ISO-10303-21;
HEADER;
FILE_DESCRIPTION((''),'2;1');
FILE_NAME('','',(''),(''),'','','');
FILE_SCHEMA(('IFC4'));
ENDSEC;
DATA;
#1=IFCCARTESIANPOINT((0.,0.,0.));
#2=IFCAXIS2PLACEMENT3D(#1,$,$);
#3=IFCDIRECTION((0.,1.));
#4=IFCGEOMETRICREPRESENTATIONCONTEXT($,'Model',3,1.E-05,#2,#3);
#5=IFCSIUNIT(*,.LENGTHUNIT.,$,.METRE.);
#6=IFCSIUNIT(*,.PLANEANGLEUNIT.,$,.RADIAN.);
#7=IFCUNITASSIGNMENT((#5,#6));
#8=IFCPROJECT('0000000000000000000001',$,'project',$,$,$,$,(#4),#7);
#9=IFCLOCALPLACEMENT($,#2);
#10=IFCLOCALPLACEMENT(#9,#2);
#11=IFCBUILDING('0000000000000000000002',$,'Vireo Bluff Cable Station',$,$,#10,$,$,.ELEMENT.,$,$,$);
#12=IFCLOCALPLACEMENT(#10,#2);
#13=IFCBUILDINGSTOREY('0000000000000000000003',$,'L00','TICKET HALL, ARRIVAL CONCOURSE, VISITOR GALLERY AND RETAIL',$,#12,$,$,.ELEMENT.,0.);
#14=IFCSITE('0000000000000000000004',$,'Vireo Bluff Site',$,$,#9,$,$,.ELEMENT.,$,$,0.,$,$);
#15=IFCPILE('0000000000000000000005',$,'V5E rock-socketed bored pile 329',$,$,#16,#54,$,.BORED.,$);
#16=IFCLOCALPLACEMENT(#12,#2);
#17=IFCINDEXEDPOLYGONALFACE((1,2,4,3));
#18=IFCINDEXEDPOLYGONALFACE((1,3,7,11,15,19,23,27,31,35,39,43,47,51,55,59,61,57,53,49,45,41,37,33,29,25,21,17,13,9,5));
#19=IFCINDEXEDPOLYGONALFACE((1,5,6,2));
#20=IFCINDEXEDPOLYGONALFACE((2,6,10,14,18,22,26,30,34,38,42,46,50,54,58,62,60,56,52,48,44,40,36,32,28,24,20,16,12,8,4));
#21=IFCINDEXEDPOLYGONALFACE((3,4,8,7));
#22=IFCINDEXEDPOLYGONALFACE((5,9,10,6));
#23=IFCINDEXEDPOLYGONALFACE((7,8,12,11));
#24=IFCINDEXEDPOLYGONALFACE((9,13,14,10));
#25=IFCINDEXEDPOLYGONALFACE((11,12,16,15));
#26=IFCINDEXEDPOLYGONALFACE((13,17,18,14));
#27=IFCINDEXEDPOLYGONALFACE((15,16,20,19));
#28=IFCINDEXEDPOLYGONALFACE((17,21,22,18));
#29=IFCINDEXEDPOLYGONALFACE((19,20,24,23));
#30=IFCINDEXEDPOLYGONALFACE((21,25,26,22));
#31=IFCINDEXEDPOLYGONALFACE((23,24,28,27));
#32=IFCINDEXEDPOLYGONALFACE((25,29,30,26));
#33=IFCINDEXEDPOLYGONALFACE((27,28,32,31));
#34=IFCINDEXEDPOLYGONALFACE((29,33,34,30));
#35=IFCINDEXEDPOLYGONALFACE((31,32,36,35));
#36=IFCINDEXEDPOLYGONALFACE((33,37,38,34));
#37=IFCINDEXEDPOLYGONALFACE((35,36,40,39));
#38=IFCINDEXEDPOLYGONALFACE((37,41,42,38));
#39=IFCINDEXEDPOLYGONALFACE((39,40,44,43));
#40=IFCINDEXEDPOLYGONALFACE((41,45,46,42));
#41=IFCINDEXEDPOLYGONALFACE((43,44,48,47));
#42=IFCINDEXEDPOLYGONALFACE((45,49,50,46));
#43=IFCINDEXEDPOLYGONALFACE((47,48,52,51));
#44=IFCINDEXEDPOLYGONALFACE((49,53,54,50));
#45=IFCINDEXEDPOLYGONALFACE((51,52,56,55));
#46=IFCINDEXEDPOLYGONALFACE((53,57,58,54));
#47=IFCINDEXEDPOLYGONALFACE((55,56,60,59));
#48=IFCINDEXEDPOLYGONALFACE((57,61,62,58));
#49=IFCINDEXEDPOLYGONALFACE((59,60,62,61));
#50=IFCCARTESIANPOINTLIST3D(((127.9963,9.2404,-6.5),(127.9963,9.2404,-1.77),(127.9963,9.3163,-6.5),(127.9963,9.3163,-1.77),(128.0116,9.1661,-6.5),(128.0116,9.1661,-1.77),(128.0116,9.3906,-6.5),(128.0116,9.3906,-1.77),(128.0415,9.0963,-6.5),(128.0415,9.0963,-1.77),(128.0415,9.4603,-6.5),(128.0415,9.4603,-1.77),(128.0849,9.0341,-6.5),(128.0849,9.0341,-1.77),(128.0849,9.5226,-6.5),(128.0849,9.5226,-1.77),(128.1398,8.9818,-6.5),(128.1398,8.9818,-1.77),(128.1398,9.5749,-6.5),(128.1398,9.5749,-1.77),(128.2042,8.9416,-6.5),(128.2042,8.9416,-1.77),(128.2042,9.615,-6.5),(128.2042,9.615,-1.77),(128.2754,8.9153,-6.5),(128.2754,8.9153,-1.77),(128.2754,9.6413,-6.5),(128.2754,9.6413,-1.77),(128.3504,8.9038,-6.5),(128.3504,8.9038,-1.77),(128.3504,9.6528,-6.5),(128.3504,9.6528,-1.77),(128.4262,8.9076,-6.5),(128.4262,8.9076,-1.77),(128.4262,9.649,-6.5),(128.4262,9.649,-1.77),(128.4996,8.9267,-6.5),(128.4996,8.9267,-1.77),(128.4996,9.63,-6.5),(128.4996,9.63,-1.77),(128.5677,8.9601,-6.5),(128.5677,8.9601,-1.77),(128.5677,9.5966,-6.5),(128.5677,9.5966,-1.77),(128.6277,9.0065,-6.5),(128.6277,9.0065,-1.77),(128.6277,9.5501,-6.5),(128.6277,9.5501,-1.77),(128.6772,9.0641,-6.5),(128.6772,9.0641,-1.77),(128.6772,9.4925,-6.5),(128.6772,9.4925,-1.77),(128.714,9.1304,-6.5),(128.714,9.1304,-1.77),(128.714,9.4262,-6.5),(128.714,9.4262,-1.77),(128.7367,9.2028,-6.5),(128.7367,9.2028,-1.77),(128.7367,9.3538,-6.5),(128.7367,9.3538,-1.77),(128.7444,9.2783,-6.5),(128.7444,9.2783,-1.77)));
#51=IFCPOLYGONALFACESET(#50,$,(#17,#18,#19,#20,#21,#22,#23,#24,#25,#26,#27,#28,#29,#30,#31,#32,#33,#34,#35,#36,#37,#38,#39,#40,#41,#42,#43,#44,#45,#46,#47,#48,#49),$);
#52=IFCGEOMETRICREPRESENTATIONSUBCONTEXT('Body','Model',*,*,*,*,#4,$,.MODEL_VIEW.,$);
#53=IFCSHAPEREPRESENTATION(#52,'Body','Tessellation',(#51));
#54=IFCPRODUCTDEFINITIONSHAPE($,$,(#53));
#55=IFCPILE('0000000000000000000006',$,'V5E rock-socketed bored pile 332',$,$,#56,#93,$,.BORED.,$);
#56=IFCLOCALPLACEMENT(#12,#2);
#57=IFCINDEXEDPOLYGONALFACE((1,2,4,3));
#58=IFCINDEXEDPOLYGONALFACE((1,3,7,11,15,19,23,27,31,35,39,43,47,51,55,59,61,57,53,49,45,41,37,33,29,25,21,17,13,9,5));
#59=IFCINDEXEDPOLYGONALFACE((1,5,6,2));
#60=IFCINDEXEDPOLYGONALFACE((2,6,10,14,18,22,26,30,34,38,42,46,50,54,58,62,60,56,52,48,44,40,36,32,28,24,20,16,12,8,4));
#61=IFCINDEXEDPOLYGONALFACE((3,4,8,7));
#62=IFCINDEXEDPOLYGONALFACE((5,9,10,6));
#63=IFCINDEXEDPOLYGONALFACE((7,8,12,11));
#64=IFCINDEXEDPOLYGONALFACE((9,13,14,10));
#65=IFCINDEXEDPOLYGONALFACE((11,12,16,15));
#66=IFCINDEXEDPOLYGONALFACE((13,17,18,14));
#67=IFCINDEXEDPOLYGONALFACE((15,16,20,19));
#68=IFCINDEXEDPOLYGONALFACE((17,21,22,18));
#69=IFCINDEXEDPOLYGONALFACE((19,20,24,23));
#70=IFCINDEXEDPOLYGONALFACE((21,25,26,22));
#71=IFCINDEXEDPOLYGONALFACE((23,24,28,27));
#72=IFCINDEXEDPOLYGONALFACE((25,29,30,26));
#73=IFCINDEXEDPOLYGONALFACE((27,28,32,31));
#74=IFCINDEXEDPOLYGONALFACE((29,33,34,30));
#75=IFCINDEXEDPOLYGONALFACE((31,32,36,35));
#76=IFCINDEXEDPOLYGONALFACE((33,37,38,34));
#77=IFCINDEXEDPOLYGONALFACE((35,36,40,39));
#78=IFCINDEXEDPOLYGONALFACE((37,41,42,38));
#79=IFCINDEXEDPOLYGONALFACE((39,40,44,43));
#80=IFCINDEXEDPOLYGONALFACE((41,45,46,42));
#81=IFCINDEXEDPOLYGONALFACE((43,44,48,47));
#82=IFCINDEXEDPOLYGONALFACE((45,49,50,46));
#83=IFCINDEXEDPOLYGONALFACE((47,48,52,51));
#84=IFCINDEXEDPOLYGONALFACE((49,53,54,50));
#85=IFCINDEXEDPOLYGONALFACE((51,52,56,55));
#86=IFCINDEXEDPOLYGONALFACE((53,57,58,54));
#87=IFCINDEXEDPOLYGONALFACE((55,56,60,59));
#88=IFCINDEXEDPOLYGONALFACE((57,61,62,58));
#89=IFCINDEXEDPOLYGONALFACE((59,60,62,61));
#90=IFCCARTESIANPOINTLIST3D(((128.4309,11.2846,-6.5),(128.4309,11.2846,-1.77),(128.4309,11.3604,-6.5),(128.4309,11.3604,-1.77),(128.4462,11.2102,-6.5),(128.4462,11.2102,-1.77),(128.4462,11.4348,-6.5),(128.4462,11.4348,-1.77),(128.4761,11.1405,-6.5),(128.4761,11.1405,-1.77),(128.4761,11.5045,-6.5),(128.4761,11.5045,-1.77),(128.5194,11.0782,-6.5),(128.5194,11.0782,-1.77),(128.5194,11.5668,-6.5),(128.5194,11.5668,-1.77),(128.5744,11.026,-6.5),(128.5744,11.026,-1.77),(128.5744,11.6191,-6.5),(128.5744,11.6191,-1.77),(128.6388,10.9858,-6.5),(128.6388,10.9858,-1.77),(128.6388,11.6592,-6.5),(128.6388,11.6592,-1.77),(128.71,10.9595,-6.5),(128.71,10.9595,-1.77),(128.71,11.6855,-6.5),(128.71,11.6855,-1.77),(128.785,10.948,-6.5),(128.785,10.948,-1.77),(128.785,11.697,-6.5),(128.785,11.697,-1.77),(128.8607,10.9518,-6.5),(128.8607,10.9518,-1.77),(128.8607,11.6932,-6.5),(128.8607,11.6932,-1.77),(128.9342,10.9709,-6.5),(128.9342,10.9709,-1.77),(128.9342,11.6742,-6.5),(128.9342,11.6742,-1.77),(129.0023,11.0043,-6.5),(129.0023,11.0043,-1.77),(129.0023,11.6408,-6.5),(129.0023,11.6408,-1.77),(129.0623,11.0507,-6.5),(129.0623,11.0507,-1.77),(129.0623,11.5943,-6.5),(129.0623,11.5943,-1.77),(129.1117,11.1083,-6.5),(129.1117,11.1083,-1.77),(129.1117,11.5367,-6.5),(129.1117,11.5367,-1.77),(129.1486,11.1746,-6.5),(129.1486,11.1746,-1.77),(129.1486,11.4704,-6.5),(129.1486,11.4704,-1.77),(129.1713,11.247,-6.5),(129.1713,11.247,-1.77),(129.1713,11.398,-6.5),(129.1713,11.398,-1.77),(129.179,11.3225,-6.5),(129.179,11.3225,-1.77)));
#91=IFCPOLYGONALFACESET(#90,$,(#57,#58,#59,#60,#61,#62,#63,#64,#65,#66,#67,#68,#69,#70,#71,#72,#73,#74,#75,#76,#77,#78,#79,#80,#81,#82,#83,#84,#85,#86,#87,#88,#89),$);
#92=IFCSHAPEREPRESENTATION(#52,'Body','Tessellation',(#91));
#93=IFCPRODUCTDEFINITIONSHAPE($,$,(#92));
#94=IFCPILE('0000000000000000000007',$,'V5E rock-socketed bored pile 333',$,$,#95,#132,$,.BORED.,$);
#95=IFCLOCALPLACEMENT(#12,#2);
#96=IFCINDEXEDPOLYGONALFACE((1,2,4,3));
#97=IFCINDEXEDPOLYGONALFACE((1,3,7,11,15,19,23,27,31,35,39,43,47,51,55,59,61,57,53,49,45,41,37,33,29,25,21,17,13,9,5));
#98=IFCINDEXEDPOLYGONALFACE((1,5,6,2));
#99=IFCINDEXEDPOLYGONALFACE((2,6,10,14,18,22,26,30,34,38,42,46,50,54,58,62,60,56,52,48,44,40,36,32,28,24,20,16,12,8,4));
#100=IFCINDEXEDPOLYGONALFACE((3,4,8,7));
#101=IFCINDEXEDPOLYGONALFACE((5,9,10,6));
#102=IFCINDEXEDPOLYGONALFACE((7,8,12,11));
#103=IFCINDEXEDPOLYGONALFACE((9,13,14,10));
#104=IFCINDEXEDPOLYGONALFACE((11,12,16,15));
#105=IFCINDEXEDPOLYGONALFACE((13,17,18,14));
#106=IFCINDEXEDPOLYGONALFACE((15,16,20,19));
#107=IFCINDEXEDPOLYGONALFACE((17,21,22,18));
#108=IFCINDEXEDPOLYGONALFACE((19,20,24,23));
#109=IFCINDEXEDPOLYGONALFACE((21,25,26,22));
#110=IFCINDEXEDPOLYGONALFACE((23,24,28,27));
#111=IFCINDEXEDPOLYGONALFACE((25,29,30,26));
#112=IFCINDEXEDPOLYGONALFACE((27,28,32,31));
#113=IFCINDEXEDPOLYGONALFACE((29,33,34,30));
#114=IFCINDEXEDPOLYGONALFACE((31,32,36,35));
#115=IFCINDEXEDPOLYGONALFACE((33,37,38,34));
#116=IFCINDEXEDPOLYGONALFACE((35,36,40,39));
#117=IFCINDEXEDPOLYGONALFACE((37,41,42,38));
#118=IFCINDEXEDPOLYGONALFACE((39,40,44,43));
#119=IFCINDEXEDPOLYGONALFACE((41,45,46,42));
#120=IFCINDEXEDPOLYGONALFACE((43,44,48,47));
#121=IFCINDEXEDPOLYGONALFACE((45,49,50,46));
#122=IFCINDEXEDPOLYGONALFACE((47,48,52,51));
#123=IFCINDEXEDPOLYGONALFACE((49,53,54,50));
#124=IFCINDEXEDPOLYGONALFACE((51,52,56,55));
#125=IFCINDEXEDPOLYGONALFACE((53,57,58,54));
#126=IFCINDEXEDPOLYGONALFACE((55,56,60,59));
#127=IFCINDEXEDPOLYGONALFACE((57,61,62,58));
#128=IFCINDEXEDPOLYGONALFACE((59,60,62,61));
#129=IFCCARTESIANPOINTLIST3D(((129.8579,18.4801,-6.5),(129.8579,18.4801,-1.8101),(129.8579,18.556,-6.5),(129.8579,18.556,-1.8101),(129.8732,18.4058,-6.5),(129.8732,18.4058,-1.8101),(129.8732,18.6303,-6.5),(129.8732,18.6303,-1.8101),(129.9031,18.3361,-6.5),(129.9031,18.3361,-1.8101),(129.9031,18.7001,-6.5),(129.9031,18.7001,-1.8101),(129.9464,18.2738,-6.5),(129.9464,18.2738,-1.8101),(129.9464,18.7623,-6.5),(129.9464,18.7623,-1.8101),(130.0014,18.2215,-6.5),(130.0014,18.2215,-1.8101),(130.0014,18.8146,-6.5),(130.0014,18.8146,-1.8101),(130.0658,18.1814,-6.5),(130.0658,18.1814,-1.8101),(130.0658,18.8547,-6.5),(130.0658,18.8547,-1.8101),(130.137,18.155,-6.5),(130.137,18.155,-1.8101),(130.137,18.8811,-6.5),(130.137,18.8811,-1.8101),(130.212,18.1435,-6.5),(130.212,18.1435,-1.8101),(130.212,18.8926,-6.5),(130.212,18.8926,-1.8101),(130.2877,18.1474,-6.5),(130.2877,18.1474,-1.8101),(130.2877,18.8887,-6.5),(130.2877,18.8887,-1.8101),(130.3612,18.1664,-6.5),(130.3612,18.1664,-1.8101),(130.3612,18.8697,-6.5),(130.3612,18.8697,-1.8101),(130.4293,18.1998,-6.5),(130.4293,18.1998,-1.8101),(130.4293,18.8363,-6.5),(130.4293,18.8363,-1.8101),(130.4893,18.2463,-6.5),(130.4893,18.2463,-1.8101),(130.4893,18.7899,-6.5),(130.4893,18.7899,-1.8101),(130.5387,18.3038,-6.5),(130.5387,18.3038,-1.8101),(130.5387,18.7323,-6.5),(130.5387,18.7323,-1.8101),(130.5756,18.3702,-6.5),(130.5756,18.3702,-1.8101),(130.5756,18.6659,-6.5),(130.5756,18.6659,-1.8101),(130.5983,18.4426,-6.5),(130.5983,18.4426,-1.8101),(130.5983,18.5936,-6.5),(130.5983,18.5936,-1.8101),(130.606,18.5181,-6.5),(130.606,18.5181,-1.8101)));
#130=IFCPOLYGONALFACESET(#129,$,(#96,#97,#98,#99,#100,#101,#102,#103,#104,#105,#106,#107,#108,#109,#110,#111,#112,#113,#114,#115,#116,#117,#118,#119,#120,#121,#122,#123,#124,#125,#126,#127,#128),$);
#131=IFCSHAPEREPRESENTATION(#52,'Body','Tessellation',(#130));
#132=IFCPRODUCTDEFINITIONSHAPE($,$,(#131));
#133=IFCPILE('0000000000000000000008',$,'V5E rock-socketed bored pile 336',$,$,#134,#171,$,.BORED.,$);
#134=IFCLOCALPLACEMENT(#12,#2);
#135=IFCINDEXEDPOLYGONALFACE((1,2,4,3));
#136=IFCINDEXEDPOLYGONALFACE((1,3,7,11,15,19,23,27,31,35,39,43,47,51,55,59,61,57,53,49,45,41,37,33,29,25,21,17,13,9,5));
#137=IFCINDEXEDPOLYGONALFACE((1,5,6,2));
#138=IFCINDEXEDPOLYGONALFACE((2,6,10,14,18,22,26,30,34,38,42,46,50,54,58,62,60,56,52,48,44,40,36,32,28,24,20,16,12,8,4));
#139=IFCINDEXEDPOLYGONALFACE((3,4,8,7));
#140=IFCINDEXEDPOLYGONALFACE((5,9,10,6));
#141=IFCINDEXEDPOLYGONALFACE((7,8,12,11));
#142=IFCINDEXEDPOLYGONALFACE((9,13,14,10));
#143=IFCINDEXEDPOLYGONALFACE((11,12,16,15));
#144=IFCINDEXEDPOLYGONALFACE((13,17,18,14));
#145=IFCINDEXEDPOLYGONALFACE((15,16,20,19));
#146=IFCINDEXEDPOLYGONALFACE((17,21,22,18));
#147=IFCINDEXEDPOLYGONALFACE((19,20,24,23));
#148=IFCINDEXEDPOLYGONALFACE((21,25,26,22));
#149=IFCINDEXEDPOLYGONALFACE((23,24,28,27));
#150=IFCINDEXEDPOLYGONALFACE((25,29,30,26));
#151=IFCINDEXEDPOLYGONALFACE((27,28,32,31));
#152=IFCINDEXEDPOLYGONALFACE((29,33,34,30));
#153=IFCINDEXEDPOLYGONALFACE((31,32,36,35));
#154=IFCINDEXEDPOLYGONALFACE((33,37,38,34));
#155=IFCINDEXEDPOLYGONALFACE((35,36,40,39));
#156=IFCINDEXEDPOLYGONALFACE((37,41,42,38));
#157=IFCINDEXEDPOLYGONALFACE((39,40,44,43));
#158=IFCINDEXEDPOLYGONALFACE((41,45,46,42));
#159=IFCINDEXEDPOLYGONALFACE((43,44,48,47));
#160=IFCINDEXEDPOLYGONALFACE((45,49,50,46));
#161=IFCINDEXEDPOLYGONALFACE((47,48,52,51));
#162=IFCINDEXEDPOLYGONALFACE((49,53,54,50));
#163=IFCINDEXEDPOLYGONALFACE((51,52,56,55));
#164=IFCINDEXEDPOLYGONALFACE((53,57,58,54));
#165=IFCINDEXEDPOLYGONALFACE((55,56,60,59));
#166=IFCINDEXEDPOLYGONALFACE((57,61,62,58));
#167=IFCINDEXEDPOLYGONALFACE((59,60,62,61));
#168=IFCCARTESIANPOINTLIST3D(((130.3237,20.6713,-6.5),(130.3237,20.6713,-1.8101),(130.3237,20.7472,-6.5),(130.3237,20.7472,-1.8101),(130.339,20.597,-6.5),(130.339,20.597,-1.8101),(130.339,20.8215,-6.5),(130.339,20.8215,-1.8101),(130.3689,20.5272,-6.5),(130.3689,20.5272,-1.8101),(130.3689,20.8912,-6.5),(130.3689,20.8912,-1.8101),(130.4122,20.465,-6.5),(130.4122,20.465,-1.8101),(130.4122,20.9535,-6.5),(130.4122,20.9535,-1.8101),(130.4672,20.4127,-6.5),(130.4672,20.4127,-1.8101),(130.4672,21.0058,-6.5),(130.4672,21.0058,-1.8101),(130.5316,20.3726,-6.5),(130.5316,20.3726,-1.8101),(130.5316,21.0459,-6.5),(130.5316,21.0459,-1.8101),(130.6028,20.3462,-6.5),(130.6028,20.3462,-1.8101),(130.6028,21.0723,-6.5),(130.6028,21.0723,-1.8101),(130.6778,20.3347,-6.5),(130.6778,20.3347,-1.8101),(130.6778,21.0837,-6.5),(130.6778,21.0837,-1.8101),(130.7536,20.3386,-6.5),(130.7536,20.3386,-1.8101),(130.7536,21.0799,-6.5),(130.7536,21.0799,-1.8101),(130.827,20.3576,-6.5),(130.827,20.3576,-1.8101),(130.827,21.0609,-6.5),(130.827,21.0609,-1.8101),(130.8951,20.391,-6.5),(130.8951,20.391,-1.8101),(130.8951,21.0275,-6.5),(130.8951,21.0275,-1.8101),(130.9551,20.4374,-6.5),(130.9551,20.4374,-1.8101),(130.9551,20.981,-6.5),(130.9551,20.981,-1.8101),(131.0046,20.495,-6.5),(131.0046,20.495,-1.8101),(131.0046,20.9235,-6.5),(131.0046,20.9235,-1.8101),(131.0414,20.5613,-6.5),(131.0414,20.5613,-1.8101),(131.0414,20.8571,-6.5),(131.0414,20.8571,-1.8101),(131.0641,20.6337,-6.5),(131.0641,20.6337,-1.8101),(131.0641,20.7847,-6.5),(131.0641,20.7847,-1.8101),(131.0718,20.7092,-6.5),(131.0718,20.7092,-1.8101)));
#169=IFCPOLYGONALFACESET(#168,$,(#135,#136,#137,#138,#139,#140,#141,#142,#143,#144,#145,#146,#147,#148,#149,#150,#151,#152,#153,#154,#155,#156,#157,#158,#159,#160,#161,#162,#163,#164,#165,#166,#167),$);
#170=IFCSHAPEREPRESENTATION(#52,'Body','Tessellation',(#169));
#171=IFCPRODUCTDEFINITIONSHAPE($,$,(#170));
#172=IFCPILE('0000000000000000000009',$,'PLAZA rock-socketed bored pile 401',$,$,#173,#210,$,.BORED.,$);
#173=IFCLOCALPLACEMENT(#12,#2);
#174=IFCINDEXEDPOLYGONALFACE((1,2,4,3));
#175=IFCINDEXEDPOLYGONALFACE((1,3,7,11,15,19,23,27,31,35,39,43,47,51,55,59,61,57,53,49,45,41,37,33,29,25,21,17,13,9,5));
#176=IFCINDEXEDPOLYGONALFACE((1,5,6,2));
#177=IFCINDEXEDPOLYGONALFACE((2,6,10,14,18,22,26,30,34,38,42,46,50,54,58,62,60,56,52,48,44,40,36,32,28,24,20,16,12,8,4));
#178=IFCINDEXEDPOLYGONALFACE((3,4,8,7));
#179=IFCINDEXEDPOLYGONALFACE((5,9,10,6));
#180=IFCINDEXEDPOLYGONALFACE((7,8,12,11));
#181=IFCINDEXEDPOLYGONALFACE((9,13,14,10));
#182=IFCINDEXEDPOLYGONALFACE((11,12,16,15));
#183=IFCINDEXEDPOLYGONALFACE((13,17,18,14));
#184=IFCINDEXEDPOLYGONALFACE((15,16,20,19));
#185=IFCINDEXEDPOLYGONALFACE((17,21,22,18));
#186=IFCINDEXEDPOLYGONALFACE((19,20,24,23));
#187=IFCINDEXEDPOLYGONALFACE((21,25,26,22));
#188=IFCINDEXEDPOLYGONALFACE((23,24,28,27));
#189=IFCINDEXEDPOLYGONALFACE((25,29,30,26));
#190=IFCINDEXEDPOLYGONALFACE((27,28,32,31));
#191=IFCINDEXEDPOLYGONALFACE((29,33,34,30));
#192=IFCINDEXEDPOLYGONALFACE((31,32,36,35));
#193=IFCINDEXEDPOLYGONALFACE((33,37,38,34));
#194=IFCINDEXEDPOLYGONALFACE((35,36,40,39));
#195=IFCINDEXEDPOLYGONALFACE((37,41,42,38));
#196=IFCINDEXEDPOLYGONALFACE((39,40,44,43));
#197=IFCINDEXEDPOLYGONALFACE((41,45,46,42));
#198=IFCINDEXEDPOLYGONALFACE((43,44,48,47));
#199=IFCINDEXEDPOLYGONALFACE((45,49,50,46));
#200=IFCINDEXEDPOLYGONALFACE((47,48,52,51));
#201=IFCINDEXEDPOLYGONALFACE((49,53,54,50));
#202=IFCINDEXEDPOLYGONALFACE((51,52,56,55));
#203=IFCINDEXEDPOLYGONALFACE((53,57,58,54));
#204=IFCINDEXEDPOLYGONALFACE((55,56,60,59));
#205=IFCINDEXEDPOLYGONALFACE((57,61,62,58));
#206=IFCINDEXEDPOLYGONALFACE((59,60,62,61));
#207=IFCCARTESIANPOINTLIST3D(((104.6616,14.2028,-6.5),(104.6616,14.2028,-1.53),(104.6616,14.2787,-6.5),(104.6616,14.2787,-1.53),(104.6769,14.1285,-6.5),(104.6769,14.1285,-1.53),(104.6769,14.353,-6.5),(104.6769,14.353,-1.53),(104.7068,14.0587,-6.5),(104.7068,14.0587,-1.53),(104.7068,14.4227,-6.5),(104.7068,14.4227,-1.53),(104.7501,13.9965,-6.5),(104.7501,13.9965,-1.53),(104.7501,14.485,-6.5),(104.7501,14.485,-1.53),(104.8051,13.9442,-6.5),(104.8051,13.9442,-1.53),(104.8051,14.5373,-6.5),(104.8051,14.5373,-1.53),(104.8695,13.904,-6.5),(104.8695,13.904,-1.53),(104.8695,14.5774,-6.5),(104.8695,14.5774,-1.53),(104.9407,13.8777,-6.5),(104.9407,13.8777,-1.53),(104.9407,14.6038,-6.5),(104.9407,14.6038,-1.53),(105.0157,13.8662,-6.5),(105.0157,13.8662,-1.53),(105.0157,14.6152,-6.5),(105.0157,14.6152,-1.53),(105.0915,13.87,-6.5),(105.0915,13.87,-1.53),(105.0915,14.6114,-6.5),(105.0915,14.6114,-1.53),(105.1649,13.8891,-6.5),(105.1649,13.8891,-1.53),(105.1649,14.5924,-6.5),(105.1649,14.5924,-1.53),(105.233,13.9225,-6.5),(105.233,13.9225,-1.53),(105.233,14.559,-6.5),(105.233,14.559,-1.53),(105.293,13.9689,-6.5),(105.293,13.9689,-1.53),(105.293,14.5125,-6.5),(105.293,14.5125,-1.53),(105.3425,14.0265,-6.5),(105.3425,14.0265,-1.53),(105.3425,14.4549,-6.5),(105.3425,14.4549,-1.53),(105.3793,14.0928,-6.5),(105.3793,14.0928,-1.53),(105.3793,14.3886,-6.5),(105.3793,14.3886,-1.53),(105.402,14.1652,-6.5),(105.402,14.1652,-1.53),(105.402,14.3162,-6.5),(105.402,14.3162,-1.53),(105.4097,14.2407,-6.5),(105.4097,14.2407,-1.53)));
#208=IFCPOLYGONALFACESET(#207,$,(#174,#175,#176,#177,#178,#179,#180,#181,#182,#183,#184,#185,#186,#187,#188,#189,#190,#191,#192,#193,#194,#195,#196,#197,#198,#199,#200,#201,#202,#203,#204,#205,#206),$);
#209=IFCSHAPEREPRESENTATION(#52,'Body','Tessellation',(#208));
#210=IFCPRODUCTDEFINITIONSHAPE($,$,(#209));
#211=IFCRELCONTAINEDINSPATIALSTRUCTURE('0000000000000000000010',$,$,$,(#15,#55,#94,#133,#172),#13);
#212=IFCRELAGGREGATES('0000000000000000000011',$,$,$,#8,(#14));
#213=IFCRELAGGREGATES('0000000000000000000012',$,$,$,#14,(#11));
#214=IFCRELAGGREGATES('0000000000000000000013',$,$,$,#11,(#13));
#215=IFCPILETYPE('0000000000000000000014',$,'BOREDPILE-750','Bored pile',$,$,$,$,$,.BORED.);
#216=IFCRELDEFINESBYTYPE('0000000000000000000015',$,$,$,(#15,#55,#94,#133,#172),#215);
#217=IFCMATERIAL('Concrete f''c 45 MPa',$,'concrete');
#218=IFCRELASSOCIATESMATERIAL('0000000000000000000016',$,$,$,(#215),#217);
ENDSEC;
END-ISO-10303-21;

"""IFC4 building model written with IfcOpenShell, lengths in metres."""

from ifc_helpers import new_model, si_unit, direction, frame, origin, origin_2d, place, context, subcontext, project, spatial, circle, extrude, material, material_profile, profile_set, type_object, element, save


model = new_model("IFC4")

# Units and contexts
model_context = context("Model", 3, precision=1e-05, world=origin(), true_north=direction((0.0, 1.0)))
body_context = subcontext(model_context, "Body", "Model", "MODEL_VIEW")
ifc_project = project(units=[si_unit("LENGTHUNIT", "METRE"), si_unit("PLANEANGLEUNIT", "RADIAN")], contexts=[model_context])

# Site, building, storey
site_placement = place(None, origin())
site = spatial("IfcSite", under=ifc_project, at=site_placement, Name="Vireo Bluff Site", CompositionType="ELEMENT", RefElevation=0.0)
building_placement = place(site_placement, origin())
building = spatial("IfcBuilding", under=site, at=building_placement, Name="Vireo Bluff Cable Station", CompositionType="ELEMENT")
storey_placement = place(building_placement, origin())
storey = spatial("IfcBuildingStorey", under=building, at=storey_placement, Name="L00", Description="TICKET HALL, ARRIVAL CONCOURSE, VISITOR GALLERY AND RETAIL", CompositionType="ELEMENT", Elevation=0.0)

# Piles
ifc_material_1 = material(Name="Concrete f'c 45 MPa", Category="concrete")
ifc_material_profile_1 = material_profile(ifc_material_1, circle(Radius=0.375, at=origin_2d()), Name="BOREDPILE-750")
ifc_profile_set_1 = profile_set([ifc_material_profile_1], Name="Concrete f'c 45 MPa")
pile_type = type_object("IfcPileType", Name="BOREDPILE-750", Description="Bored pile", PredefinedType="BORED", material=ifc_profile_set_1)
for number, where, z_axis, x_axis, name in (
    (1, (128.3694, 9.2783, -1.77), (0.0, 0.0, -1.0), (1.0, 0.0, 0.0), "V5E rock-socketed bored pile 329"),
    (2, (128.804, 11.3225, -1.77), (0.0, 0.0, -1.0), (1.0, 0.0, 0.0), "V5E rock-socketed bored pile 332"),
):
    element("IfcPile", number, at=place(storey_placement, frame(where, z_axis=z_axis, x_axis=x_axis)), inside=storey, type_object=pile_type, Name=name, PredefinedType="BORED", context=body_context, shape_type="SweptSolid", body=[
        extrude(circle(Radius=0.375, at=origin_2d()), origin(), (0.0, 0.0, 1.0), 4.73),
    ])
for number, where, z_axis, x_axis, name in (
    (3, (130.231, 18.5181, -1.8101), (0.0, 0.0, -1.0), (1.0, 0.0, 0.0), "V5E rock-socketed bored pile 333"),
    (4, (130.6968, 20.7092, -1.8101), (0.0, 0.0, -1.0), (1.0, 0.0, 0.0), "V5E rock-socketed bored pile 336"),
):
    element("IfcPile", number, at=place(storey_placement, frame(where, z_axis=z_axis, x_axis=x_axis)), inside=storey, type_object=pile_type, Name=name, PredefinedType="BORED", context=body_context, shape_type="SweptSolid", body=[
        extrude(circle(Radius=0.375, at=origin_2d()), origin(), (0.0, 0.0, 1.0), 4.6899),
    ])
for number, where, z_axis, x_axis, name in (
    (5, (105.0347, 14.2407, -1.53), (0.0, 0.0, -1.0), (1.0, 0.0, 0.0), "PLAZA rock-socketed bored pile 401"),
):
    element("IfcPile", number, at=place(storey_placement, frame(where, z_axis=z_axis, x_axis=x_axis)), inside=storey, type_object=pile_type, Name=name, PredefinedType="BORED", context=body_context, shape_type="SweptSolid", body=[
        extrude(circle(Radius=0.375, at=origin_2d()), origin(), (0.0, 0.0, 1.0), 4.97),
    ])

save(model, "model.ifc")
